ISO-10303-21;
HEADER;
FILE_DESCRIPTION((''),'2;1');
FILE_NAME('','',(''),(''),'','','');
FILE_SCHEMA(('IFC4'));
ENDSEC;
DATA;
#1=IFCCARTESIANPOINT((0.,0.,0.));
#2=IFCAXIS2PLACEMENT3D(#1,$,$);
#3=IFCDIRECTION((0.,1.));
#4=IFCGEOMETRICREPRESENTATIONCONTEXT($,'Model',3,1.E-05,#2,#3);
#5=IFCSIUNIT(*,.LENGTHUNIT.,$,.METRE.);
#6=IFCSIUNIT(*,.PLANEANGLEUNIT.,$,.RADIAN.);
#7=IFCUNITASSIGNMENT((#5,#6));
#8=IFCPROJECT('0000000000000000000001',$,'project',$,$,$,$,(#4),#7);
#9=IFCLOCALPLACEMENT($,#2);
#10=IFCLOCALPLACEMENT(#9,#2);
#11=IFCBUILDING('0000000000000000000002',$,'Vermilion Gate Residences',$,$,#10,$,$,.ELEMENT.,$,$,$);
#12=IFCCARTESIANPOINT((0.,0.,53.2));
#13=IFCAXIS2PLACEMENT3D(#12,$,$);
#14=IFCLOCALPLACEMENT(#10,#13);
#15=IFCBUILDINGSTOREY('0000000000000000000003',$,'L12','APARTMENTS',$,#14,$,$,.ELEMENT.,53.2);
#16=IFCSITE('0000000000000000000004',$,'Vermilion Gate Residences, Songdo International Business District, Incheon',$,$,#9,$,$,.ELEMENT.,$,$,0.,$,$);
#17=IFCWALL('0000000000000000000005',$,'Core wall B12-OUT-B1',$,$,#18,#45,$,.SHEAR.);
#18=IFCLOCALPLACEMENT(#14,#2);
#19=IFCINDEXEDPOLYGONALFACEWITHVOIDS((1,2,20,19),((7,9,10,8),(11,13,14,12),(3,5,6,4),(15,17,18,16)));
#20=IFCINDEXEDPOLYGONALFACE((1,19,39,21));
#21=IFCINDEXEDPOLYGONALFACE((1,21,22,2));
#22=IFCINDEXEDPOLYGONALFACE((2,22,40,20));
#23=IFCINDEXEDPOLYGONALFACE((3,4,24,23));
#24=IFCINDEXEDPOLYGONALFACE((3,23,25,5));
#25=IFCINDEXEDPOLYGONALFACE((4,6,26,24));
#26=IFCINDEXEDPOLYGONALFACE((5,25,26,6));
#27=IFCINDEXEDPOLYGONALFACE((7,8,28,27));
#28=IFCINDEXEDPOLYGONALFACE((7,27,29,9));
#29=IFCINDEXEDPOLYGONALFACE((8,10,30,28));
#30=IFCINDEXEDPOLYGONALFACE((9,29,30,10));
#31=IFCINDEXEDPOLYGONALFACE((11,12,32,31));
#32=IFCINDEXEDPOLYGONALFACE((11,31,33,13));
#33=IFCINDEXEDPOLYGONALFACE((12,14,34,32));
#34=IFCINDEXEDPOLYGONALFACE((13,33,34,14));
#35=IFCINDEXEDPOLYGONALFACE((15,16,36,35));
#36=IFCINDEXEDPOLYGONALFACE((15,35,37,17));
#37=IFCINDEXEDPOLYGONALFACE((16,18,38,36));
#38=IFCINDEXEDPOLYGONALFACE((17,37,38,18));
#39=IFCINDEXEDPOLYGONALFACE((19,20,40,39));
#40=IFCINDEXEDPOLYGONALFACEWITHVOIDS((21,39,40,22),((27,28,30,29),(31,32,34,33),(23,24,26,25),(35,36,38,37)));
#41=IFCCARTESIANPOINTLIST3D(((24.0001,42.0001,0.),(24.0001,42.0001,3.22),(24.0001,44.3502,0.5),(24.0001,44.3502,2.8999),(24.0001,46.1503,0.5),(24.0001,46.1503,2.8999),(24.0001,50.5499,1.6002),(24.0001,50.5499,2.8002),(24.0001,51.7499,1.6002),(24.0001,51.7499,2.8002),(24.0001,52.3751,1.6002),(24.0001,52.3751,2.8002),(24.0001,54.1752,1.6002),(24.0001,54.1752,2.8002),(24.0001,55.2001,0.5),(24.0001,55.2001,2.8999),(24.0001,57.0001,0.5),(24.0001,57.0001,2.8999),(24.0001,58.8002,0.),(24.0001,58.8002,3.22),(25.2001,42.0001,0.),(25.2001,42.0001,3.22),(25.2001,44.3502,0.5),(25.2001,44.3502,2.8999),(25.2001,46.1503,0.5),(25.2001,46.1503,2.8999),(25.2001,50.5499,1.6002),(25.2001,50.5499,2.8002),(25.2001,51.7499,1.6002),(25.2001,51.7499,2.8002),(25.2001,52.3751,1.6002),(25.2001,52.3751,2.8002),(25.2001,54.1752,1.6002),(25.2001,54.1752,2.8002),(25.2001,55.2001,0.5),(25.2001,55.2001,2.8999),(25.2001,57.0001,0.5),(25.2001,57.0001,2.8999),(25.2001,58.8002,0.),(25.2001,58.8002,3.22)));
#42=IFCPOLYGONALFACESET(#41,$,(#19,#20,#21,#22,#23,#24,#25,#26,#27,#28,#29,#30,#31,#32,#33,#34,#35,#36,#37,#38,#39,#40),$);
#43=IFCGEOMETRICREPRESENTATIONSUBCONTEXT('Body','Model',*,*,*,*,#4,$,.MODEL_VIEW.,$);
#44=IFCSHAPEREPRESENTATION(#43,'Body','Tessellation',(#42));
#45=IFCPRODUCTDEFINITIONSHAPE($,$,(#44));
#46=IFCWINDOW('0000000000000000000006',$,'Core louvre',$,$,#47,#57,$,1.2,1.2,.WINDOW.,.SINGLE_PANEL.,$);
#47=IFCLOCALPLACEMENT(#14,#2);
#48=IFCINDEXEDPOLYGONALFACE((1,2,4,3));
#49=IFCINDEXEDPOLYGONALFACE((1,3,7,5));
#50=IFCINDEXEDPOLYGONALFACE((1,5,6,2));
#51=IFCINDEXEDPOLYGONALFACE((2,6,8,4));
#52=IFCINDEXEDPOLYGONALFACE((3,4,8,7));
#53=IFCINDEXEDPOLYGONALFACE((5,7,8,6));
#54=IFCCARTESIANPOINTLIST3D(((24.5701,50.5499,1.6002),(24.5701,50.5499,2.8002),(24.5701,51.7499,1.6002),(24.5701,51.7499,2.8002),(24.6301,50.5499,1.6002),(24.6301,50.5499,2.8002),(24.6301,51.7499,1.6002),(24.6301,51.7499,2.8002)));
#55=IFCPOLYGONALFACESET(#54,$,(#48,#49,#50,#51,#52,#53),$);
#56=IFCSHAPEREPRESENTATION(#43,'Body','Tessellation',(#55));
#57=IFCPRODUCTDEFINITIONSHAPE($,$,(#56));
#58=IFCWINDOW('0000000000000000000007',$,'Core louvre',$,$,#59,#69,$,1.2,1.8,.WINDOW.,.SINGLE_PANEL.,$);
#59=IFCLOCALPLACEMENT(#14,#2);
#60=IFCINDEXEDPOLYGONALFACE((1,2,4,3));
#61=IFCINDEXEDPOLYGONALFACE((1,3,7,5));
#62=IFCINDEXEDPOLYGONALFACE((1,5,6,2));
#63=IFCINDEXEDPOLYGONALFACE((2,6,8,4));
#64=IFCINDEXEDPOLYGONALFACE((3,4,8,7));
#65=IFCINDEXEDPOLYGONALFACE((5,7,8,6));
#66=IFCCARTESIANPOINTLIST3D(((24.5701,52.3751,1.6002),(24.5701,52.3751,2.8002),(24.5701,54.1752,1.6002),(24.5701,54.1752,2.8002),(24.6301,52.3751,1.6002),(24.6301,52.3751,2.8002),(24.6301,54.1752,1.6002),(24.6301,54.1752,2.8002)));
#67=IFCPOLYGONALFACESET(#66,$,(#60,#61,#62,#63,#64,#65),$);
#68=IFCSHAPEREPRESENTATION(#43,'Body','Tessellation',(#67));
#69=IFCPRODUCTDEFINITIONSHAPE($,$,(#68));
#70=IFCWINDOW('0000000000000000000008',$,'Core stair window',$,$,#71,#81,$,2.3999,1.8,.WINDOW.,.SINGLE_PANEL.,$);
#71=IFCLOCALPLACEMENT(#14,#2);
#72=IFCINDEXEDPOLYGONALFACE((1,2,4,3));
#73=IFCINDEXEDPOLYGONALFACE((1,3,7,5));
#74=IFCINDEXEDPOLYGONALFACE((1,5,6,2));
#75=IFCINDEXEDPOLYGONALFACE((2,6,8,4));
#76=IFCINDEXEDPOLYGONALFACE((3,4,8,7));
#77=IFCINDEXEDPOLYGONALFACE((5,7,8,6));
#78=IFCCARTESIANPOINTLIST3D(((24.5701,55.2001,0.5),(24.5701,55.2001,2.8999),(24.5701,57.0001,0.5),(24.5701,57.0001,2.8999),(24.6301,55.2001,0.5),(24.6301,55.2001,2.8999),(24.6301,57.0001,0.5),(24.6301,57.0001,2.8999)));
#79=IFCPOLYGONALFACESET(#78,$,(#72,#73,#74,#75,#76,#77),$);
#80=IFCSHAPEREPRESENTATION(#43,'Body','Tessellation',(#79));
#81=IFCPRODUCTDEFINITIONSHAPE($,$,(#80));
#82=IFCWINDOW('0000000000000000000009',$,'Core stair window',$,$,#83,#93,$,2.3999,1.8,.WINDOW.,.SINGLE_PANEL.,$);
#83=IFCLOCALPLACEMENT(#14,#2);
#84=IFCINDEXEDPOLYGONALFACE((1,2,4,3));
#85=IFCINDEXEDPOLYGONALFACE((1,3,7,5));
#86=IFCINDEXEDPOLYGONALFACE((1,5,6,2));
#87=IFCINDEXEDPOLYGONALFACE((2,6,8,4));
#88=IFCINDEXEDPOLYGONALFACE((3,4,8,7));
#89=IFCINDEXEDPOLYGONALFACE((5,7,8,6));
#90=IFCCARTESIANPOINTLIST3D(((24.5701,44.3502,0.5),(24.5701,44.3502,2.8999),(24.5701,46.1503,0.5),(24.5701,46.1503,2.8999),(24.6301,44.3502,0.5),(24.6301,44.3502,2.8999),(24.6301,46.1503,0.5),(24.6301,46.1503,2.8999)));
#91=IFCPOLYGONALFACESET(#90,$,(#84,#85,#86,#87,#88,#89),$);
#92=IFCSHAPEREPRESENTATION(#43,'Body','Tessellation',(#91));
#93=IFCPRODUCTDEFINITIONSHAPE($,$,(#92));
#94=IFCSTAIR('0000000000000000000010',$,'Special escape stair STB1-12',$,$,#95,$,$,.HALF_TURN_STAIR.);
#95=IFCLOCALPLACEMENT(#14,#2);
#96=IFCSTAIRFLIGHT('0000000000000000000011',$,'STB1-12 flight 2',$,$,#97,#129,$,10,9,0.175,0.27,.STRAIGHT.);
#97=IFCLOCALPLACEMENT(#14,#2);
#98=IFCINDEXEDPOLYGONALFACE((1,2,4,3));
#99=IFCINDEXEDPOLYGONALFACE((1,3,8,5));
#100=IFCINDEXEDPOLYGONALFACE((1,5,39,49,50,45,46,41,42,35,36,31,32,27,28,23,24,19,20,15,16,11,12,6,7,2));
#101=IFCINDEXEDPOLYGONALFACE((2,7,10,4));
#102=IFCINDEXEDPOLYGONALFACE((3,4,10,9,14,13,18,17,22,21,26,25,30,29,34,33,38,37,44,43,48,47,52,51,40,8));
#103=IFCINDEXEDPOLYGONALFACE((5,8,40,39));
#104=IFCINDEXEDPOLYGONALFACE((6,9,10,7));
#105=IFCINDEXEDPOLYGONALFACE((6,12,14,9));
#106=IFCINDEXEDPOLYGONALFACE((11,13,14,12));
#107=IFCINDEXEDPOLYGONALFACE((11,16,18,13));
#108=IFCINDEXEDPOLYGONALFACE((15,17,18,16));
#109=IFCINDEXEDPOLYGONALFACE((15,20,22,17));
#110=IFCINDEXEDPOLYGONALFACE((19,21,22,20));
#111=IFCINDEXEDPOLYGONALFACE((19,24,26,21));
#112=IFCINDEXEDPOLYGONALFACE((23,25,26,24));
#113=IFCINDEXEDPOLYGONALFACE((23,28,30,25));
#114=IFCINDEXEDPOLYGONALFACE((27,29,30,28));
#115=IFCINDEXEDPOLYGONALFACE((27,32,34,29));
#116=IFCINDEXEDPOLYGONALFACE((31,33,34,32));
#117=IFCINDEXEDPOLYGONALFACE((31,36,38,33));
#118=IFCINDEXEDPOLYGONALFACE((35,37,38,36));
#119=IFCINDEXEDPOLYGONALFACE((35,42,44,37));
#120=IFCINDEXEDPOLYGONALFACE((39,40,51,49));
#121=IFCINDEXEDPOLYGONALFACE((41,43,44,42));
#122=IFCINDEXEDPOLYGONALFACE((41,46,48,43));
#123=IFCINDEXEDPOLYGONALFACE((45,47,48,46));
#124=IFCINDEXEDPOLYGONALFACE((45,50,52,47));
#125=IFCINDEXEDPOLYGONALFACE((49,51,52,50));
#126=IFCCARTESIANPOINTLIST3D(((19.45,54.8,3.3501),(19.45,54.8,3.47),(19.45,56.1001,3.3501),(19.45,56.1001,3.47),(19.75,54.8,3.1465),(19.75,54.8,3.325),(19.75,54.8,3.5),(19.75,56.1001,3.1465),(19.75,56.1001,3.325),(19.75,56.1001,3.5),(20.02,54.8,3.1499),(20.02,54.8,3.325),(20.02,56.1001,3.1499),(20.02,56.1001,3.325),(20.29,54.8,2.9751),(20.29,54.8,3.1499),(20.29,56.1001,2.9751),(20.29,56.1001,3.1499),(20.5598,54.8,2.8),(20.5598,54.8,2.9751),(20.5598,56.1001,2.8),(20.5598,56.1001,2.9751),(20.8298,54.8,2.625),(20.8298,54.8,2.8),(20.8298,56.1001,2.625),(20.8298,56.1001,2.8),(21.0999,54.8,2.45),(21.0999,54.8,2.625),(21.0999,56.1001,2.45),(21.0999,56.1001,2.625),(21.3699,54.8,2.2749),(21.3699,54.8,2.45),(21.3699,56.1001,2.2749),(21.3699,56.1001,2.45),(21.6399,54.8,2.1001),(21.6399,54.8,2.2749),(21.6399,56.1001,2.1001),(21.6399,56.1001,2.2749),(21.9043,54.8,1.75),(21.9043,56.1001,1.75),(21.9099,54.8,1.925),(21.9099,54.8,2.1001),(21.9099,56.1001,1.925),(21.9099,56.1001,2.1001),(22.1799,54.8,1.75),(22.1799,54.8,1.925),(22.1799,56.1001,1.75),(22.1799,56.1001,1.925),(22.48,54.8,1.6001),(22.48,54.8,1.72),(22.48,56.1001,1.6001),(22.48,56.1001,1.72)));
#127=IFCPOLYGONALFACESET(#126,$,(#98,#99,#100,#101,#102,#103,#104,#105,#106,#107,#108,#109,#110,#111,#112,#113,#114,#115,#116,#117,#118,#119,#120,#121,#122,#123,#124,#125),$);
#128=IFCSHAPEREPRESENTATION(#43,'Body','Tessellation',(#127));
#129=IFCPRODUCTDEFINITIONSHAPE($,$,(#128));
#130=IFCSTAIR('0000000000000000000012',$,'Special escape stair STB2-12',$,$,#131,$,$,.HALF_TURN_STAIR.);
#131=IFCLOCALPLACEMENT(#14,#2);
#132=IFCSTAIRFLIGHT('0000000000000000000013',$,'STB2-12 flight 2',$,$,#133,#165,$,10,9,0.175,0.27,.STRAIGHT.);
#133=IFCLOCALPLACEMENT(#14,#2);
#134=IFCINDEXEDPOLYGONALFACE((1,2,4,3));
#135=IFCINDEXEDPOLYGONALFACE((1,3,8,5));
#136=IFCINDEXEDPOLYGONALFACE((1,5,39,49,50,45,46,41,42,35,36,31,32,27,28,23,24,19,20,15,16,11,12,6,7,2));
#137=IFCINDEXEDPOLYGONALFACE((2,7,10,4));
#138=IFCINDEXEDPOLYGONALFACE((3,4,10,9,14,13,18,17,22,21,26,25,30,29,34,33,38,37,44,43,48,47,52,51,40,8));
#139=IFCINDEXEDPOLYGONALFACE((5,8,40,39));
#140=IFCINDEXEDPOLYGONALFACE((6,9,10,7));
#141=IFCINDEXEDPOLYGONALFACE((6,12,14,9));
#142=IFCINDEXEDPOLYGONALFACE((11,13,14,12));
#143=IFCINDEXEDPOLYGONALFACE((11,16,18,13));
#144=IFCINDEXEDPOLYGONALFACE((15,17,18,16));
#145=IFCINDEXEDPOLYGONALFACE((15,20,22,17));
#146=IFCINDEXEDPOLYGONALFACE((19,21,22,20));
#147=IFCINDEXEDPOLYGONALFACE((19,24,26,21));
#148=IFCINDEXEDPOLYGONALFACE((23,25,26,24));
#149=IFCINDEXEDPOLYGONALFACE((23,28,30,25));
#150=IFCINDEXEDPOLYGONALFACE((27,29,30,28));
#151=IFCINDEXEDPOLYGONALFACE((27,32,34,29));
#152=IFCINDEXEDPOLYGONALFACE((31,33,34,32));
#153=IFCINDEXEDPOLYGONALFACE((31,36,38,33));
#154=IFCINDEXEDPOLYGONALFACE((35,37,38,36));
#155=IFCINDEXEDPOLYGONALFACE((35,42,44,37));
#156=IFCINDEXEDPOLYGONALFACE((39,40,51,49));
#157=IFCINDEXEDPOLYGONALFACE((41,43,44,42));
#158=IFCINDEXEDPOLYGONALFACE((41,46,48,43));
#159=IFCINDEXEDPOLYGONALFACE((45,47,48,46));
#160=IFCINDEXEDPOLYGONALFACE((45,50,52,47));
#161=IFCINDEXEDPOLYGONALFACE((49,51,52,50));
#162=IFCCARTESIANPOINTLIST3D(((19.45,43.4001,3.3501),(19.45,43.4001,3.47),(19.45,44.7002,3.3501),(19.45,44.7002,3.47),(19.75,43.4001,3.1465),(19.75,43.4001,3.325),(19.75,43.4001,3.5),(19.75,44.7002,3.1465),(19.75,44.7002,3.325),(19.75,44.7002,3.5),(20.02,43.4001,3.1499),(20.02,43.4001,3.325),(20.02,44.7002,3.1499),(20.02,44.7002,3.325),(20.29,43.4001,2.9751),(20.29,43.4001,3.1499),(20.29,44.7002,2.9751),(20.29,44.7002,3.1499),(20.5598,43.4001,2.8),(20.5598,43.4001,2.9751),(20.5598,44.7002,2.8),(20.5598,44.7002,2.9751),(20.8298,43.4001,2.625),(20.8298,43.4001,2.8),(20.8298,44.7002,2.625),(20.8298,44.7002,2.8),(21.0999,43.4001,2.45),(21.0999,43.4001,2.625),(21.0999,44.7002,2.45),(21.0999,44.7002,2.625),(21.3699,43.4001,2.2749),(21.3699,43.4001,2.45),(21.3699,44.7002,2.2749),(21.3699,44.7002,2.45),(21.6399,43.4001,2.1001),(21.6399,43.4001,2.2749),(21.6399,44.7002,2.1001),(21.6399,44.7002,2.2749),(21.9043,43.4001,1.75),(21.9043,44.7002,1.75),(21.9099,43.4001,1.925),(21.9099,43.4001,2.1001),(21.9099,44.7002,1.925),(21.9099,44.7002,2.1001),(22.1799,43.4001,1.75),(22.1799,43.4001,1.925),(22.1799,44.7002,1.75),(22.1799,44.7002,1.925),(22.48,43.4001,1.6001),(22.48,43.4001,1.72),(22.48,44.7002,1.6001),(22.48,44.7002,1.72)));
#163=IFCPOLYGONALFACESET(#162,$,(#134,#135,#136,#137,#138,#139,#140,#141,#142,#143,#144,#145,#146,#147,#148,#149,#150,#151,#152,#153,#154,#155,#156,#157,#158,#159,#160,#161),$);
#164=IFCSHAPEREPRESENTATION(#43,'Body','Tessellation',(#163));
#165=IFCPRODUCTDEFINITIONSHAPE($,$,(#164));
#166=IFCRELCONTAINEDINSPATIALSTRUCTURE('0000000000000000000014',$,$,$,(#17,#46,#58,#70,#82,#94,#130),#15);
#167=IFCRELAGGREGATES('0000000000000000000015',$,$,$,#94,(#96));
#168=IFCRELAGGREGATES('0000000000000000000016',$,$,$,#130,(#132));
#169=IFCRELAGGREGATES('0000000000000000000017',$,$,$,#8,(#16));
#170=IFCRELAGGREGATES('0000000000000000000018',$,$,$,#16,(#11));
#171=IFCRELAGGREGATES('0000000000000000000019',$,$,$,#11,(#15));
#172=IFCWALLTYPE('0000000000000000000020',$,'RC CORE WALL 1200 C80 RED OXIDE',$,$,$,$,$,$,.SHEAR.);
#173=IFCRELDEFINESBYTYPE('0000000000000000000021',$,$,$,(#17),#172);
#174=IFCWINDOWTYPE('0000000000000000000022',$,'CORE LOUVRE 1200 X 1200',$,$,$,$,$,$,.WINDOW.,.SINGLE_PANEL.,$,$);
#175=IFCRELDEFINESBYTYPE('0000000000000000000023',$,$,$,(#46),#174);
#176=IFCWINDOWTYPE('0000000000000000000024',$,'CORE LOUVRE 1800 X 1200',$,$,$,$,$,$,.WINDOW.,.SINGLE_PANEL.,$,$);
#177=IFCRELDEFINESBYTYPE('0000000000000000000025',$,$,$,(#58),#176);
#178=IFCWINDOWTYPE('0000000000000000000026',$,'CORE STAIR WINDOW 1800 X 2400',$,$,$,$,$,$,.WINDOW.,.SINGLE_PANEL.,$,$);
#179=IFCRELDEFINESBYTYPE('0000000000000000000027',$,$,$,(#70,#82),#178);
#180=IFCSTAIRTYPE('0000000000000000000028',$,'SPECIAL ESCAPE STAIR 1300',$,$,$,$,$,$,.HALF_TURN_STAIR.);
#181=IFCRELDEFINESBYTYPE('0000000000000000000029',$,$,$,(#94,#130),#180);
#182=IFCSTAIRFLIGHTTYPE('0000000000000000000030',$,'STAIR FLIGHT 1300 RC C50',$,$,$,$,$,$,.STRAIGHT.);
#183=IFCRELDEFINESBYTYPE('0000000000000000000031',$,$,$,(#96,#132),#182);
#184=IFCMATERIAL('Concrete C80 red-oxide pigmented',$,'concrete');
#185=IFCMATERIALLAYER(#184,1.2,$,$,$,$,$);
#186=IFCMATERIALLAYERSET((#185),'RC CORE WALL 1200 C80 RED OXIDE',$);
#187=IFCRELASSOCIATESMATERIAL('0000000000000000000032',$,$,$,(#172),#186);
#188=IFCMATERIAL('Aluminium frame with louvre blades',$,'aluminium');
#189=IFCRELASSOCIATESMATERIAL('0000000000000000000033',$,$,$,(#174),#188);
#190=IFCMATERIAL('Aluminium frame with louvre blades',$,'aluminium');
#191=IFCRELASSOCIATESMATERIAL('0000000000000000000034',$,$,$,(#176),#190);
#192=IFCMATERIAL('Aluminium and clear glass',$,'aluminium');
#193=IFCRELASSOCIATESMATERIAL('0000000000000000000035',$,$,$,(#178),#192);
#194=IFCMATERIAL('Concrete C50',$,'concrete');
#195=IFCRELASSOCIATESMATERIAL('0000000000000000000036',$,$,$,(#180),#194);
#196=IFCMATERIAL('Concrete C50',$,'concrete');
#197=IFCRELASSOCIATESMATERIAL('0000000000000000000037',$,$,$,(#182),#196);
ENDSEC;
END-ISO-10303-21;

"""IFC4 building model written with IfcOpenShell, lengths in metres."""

from ifc_helpers import new_model, si_unit, direction, frame, frame_2d, origin, place, context, subcontext, project, spatial, polyline, rectangle, outline, extrude, material, layer, layer_set, type_object, element, fill, aggregate, save


model = new_model("IFC4")

# Units and contexts
model_context = context("Model", 3, precision=1e-05, world=origin(), true_north=direction((0.0, 1.0)))
body_context = subcontext(model_context, "Body", "Model", "MODEL_VIEW")
ifc_project = project(units=[si_unit("LENGTHUNIT", "METRE"), si_unit("PLANEANGLEUNIT", "RADIAN")], contexts=[model_context])

# Site, building, storey
site_placement = place(None, origin())
site = spatial("IfcSite", under=ifc_project, at=site_placement, Name="Vermilion Gate Residences, Songdo International Business District, Incheon", CompositionType="ELEMENT", RefElevation=0.0)
building_placement = place(site_placement, origin())
building = spatial("IfcBuilding", under=site, at=building_placement, Name="Vermilion Gate Residences", CompositionType="ELEMENT")
storey_placement = place(building_placement, frame((0.0, 0.0, 53.2)))
storey = spatial("IfcBuildingStorey", under=building, at=storey_placement, Name="L12", Description="APARTMENTS", CompositionType="ELEMENT", Elevation=53.2)

# Wall, openings, windows
ifc_material_1 = material(Name="Concrete C80 red-oxide pigmented", Category="concrete")
ifc_layer_1 = layer(ifc_material_1, 1.2)
ifc_layer_set_1 = layer_set([ifc_layer_1], Name="RC CORE WALL 1200 C80 RED OXIDE")
wall_type_1 = type_object("IfcWallType", Name="RC CORE WALL 1200 C80 RED OXIDE", PredefinedType="SHEAR", material=ifc_layer_set_1)
wall_1_placement = place(storey_placement, frame((24.6001, 58.8, 0.0), z_axis=(0.0, 0.0, 1.0), x_axis=(0.0, -1.0, 0.0)))
wall_1 = element("IfcWall", 1, at=wall_1_placement, inside=storey, type_object=wall_type_1, Name="Core wall B12-OUT-B1", PredefinedType="SHEAR", context=body_context, shape_type="SweptSolid", body=[
    extrude(rectangle(XDim=16.8, YDim=1.2, at=frame_2d((8.3999, 0.0))), origin(), (0.0, 0.0, 1.0), 3.22),
])
opening_1_placement = place(wall_1_placement, frame((1.8, 0.0, 0.5)))
opening_1 = element("IfcOpeningElement", 2, at=opening_1_placement, cuts=wall_1, PredefinedType="OPENING", context=body_context, shape_type="SweptSolid", body=[
    extrude(rectangle(XDim=1.8, YDim=2.3999, at=frame_2d((0.8999, 1.2))), frame((0.0, 0.6099, 0.0), z_axis=(0.0, -1.0, 0.0), x_axis=(1.0, 0.0, 0.0)), (0.0, 0.0, 1.0), 1.22),
])
opening_2_placement = place(wall_1_placement, frame((4.625, 0.0, 1.6001)))
opening_2 = element("IfcOpeningElement", 3, at=opening_2_placement, cuts=wall_1, PredefinedType="OPENING", context=body_context, shape_type="SweptSolid", body=[
    extrude(rectangle(XDim=1.8, YDim=1.2, at=frame_2d((0.8999, 0.6001))), frame((0.0, 0.6099, 0.0), z_axis=(0.0, -1.0, 0.0), x_axis=(1.0, 0.0, 0.0)), (0.0, 0.0, 1.0), 1.22),
])
opening_3_placement = place(wall_1_placement, frame((7.05, 0.0, 1.6001)))
opening_3 = element("IfcOpeningElement", 4, at=opening_3_placement, cuts=wall_1, PredefinedType="OPENING", context=body_context, shape_type="SweptSolid", body=[
    extrude(rectangle(XDim=1.2, YDim=1.2, at=frame_2d((0.6001, 0.6001))), frame((0.0, 0.6099, 0.0), z_axis=(0.0, -1.0, 0.0), x_axis=(1.0, 0.0, 0.0)), (0.0, 0.0, 1.0), 1.22),
])
opening_4_placement = place(wall_1_placement, frame((12.6499, 0.0, 0.5)))
opening_4 = element("IfcOpeningElement", 5, at=opening_4_placement, cuts=wall_1, PredefinedType="OPENING", context=body_context, shape_type="SweptSolid", body=[
    extrude(rectangle(XDim=1.8, YDim=2.3999, at=frame_2d((0.8999, 1.2))), frame((0.0, 0.6099, 0.0), z_axis=(0.0, -1.0, 0.0), x_axis=(1.0, 0.0, 0.0)), (0.0, 0.0, 1.0), 1.22),
])
ifc_material_2 = material(Name="Aluminium frame with louvre blades", Category="aluminium")
window_type_1 = type_object("IfcWindowType", Name="CORE LOUVRE 1200 X 1200", PartitioningType="SINGLE_PANEL", PredefinedType="WINDOW", material=ifc_material_2)
window_1_placement = place(opening_3_placement, origin())
window_1 = element("IfcWindow", 6, at=window_1_placement, inside=storey, type_object=window_type_1, Name="Core louvre", OverallHeight=1.2, OverallWidth=1.2, PartitioningType="SINGLE_PANEL", PredefinedType="WINDOW", context=body_context, shape_type="SweptSolid", body=[
    extrude(rectangle(XDim=1.2, YDim=1.2, at=frame_2d((0.6001, 0.6001))), frame((0.0, 0.03, 0.0), z_axis=(0.0, -1.0, 0.0), x_axis=(1.0, 0.0, 0.0)), (0.0, 0.0, 1.0), 0.0601),
])
fill(opening_3, window_1)
ifc_material_3 = material(Name="Aluminium frame with louvre blades", Category="aluminium")
window_type_2 = type_object("IfcWindowType", Name="CORE LOUVRE 1800 X 1200", PartitioningType="SINGLE_PANEL", PredefinedType="WINDOW", material=ifc_material_3)
window_2_placement = place(opening_2_placement, origin())
window_2 = element("IfcWindow", 7, at=window_2_placement, inside=storey, type_object=window_type_2, Name="Core louvre", OverallHeight=1.2, OverallWidth=1.8, PartitioningType="SINGLE_PANEL", PredefinedType="WINDOW", context=body_context, shape_type="SweptSolid", body=[
    extrude(rectangle(XDim=1.8, YDim=1.2, at=frame_2d((0.8999, 0.6001))), frame((0.0, 0.03, 0.0), z_axis=(0.0, -1.0, 0.0), x_axis=(1.0, 0.0, 0.0)), (0.0, 0.0, 1.0), 0.0601),
])
fill(opening_2, window_2)
ifc_material_4 = material(Name="Aluminium and clear glass", Category="aluminium")
window_type_3 = type_object("IfcWindowType", Name="CORE STAIR WINDOW 1800 X 2400", PartitioningType="SINGLE_PANEL", PredefinedType="WINDOW", material=ifc_material_4)
window_3_placement = place(opening_1_placement, origin())
window_3 = element("IfcWindow", 8, at=window_3_placement, inside=storey, type_object=window_type_3, Name="Core stair window", OverallHeight=2.3999, OverallWidth=1.8, PartitioningType="SINGLE_PANEL", PredefinedType="WINDOW", context=body_context, shape_type="SweptSolid", body=[
    extrude(rectangle(XDim=1.8, YDim=2.3999, at=frame_2d((0.8999, 1.2))), frame((0.0, 0.03, 0.0), z_axis=(0.0, -1.0, 0.0), x_axis=(1.0, 0.0, 0.0)), (0.0, 0.0, 1.0), 0.0601),
])
fill(opening_1, window_3)
window_4_placement = place(opening_4_placement, origin())
window_4 = element("IfcWindow", 9, at=window_4_placement, inside=storey, type_object=window_type_3, Name="Core stair window", OverallHeight=2.3999, OverallWidth=1.8, PartitioningType="SINGLE_PANEL", PredefinedType="WINDOW", context=body_context, shape_type="SweptSolid", body=[
    extrude(rectangle(XDim=1.8, YDim=2.3999, at=frame_2d((0.8999, 1.2))), frame((0.0, 0.03, 0.0), z_axis=(0.0, -1.0, 0.0), x_axis=(1.0, 0.0, 0.0)), (0.0, 0.0, 1.0), 0.0601),
])
fill(opening_4, window_4)

# Stairs, stair flights
ifc_material_5 = material(Name="Concrete C50", Category="concrete")
stair_type = type_object("IfcStairType", Name="SPECIAL ESCAPE STAIR 1300", PredefinedType="HALF_TURN_STAIR", material=ifc_material_5)
stair_1_placement = place(storey_placement, origin())
stair_1 = element("IfcStair", 10, at=stair_1_placement, inside=storey, type_object=stair_type, Name="Special escape stair STB1-12", PredefinedType="HALF_TURN_STAIR")
ifc_material_6 = material(Name="Concrete C50", Category="concrete")
stair_flight_type = type_object("IfcStairFlightType", Name="STAIR FLIGHT 1300 RC C50", PredefinedType="STRAIGHT", material=ifc_material_6)
stair_flight_1_placement = place(storey_placement, frame((22.1799, 55.45, 1.75), z_axis=(0.0, 0.0, 1.0), x_axis=(-1.0, 0.0, 0.0)))
stair_flight_1 = element("IfcStairFlight", 11, at=stair_flight_1_placement, type_object=stair_flight_type, Name="STB1-12 flight 2", NumberOfRisers=10, NumberOfTreads=9, PredefinedType="STRAIGHT", RiserHeight=0.175, TreadLength=0.27, context=body_context, shape_type="SweptSolid", body=[
    extrude(outline(polyline([(-0.3, -0.1499), (-0.3, -0.03), (0.0, 0.0), (0.0, 0.175), (0.27, 0.175), (0.27, 0.3501), (0.54, 0.3501), (0.54, 0.5249), (0.8101, 0.5249), (0.8101, 0.7), (1.0801, 0.7), (1.0801, 0.875), (1.3501, 0.875), (1.3501, 1.05), (1.6201, 1.05), (1.6201, 1.2251), (1.8899, 1.2251), (1.8899, 1.3999), (2.1599, 1.3999), (2.1599, 1.575), (2.4299, 1.575), (2.4299, 1.75), (2.73, 1.72), (2.73, 1.6001), (2.4299, 1.3965), (0.2756, 0.0), (-0.3, -0.1499)])), frame((0.0, 0.6499, 0.0), z_axis=(0.0, -1.0, 0.0), x_axis=(1.0, 0.0, 0.0)), (0.0, 0.0, 1.0), 1.3),
])
aggregate(stair_1, [stair_flight_1])
stair_2_placement = place(storey_placement, origin())
stair_2 = element("IfcStair", 12, at=stair_2_placement, inside=storey, type_object=stair_type, Name="Special escape stair STB2-12", PredefinedType="HALF_TURN_STAIR")
stair_flight_2_placement = place(storey_placement, frame((22.1799, 44.05, 1.75), z_axis=(0.0, 0.0, 1.0), x_axis=(-1.0, 0.0, 0.0)))
stair_flight_2 = element("IfcStairFlight", 13, at=stair_flight_2_placement, type_object=stair_flight_type, Name="STB2-12 flight 2", NumberOfRisers=10, NumberOfTreads=9, PredefinedType="STRAIGHT", RiserHeight=0.175, TreadLength=0.27, context=body_context, shape_type="SweptSolid", body=[
    extrude(outline(polyline([(-0.3, -0.1499), (-0.3, -0.03), (0.0, 0.0), (0.0, 0.175), (0.27, 0.175), (0.27, 0.3501), (0.54, 0.3501), (0.54, 0.5249), (0.8101, 0.5249), (0.8101, 0.7), (1.0801, 0.7), (1.0801, 0.875), (1.3501, 0.875), (1.3501, 1.05), (1.6201, 1.05), (1.6201, 1.2251), (1.8899, 1.2251), (1.8899, 1.3999), (2.1599, 1.3999), (2.1599, 1.575), (2.4299, 1.575), (2.4299, 1.75), (2.73, 1.72), (2.73, 1.6001), (2.4299, 1.3965), (0.2756, 0.0), (-0.3, -0.1499)])), frame((0.0, 0.6499, 0.0), z_axis=(0.0, -1.0, 0.0), x_axis=(1.0, 0.0, 0.0)), (0.0, 0.0, 1.0), 1.3),
])
aggregate(stair_2, [stair_flight_2])

save(model, "model.ifc")
